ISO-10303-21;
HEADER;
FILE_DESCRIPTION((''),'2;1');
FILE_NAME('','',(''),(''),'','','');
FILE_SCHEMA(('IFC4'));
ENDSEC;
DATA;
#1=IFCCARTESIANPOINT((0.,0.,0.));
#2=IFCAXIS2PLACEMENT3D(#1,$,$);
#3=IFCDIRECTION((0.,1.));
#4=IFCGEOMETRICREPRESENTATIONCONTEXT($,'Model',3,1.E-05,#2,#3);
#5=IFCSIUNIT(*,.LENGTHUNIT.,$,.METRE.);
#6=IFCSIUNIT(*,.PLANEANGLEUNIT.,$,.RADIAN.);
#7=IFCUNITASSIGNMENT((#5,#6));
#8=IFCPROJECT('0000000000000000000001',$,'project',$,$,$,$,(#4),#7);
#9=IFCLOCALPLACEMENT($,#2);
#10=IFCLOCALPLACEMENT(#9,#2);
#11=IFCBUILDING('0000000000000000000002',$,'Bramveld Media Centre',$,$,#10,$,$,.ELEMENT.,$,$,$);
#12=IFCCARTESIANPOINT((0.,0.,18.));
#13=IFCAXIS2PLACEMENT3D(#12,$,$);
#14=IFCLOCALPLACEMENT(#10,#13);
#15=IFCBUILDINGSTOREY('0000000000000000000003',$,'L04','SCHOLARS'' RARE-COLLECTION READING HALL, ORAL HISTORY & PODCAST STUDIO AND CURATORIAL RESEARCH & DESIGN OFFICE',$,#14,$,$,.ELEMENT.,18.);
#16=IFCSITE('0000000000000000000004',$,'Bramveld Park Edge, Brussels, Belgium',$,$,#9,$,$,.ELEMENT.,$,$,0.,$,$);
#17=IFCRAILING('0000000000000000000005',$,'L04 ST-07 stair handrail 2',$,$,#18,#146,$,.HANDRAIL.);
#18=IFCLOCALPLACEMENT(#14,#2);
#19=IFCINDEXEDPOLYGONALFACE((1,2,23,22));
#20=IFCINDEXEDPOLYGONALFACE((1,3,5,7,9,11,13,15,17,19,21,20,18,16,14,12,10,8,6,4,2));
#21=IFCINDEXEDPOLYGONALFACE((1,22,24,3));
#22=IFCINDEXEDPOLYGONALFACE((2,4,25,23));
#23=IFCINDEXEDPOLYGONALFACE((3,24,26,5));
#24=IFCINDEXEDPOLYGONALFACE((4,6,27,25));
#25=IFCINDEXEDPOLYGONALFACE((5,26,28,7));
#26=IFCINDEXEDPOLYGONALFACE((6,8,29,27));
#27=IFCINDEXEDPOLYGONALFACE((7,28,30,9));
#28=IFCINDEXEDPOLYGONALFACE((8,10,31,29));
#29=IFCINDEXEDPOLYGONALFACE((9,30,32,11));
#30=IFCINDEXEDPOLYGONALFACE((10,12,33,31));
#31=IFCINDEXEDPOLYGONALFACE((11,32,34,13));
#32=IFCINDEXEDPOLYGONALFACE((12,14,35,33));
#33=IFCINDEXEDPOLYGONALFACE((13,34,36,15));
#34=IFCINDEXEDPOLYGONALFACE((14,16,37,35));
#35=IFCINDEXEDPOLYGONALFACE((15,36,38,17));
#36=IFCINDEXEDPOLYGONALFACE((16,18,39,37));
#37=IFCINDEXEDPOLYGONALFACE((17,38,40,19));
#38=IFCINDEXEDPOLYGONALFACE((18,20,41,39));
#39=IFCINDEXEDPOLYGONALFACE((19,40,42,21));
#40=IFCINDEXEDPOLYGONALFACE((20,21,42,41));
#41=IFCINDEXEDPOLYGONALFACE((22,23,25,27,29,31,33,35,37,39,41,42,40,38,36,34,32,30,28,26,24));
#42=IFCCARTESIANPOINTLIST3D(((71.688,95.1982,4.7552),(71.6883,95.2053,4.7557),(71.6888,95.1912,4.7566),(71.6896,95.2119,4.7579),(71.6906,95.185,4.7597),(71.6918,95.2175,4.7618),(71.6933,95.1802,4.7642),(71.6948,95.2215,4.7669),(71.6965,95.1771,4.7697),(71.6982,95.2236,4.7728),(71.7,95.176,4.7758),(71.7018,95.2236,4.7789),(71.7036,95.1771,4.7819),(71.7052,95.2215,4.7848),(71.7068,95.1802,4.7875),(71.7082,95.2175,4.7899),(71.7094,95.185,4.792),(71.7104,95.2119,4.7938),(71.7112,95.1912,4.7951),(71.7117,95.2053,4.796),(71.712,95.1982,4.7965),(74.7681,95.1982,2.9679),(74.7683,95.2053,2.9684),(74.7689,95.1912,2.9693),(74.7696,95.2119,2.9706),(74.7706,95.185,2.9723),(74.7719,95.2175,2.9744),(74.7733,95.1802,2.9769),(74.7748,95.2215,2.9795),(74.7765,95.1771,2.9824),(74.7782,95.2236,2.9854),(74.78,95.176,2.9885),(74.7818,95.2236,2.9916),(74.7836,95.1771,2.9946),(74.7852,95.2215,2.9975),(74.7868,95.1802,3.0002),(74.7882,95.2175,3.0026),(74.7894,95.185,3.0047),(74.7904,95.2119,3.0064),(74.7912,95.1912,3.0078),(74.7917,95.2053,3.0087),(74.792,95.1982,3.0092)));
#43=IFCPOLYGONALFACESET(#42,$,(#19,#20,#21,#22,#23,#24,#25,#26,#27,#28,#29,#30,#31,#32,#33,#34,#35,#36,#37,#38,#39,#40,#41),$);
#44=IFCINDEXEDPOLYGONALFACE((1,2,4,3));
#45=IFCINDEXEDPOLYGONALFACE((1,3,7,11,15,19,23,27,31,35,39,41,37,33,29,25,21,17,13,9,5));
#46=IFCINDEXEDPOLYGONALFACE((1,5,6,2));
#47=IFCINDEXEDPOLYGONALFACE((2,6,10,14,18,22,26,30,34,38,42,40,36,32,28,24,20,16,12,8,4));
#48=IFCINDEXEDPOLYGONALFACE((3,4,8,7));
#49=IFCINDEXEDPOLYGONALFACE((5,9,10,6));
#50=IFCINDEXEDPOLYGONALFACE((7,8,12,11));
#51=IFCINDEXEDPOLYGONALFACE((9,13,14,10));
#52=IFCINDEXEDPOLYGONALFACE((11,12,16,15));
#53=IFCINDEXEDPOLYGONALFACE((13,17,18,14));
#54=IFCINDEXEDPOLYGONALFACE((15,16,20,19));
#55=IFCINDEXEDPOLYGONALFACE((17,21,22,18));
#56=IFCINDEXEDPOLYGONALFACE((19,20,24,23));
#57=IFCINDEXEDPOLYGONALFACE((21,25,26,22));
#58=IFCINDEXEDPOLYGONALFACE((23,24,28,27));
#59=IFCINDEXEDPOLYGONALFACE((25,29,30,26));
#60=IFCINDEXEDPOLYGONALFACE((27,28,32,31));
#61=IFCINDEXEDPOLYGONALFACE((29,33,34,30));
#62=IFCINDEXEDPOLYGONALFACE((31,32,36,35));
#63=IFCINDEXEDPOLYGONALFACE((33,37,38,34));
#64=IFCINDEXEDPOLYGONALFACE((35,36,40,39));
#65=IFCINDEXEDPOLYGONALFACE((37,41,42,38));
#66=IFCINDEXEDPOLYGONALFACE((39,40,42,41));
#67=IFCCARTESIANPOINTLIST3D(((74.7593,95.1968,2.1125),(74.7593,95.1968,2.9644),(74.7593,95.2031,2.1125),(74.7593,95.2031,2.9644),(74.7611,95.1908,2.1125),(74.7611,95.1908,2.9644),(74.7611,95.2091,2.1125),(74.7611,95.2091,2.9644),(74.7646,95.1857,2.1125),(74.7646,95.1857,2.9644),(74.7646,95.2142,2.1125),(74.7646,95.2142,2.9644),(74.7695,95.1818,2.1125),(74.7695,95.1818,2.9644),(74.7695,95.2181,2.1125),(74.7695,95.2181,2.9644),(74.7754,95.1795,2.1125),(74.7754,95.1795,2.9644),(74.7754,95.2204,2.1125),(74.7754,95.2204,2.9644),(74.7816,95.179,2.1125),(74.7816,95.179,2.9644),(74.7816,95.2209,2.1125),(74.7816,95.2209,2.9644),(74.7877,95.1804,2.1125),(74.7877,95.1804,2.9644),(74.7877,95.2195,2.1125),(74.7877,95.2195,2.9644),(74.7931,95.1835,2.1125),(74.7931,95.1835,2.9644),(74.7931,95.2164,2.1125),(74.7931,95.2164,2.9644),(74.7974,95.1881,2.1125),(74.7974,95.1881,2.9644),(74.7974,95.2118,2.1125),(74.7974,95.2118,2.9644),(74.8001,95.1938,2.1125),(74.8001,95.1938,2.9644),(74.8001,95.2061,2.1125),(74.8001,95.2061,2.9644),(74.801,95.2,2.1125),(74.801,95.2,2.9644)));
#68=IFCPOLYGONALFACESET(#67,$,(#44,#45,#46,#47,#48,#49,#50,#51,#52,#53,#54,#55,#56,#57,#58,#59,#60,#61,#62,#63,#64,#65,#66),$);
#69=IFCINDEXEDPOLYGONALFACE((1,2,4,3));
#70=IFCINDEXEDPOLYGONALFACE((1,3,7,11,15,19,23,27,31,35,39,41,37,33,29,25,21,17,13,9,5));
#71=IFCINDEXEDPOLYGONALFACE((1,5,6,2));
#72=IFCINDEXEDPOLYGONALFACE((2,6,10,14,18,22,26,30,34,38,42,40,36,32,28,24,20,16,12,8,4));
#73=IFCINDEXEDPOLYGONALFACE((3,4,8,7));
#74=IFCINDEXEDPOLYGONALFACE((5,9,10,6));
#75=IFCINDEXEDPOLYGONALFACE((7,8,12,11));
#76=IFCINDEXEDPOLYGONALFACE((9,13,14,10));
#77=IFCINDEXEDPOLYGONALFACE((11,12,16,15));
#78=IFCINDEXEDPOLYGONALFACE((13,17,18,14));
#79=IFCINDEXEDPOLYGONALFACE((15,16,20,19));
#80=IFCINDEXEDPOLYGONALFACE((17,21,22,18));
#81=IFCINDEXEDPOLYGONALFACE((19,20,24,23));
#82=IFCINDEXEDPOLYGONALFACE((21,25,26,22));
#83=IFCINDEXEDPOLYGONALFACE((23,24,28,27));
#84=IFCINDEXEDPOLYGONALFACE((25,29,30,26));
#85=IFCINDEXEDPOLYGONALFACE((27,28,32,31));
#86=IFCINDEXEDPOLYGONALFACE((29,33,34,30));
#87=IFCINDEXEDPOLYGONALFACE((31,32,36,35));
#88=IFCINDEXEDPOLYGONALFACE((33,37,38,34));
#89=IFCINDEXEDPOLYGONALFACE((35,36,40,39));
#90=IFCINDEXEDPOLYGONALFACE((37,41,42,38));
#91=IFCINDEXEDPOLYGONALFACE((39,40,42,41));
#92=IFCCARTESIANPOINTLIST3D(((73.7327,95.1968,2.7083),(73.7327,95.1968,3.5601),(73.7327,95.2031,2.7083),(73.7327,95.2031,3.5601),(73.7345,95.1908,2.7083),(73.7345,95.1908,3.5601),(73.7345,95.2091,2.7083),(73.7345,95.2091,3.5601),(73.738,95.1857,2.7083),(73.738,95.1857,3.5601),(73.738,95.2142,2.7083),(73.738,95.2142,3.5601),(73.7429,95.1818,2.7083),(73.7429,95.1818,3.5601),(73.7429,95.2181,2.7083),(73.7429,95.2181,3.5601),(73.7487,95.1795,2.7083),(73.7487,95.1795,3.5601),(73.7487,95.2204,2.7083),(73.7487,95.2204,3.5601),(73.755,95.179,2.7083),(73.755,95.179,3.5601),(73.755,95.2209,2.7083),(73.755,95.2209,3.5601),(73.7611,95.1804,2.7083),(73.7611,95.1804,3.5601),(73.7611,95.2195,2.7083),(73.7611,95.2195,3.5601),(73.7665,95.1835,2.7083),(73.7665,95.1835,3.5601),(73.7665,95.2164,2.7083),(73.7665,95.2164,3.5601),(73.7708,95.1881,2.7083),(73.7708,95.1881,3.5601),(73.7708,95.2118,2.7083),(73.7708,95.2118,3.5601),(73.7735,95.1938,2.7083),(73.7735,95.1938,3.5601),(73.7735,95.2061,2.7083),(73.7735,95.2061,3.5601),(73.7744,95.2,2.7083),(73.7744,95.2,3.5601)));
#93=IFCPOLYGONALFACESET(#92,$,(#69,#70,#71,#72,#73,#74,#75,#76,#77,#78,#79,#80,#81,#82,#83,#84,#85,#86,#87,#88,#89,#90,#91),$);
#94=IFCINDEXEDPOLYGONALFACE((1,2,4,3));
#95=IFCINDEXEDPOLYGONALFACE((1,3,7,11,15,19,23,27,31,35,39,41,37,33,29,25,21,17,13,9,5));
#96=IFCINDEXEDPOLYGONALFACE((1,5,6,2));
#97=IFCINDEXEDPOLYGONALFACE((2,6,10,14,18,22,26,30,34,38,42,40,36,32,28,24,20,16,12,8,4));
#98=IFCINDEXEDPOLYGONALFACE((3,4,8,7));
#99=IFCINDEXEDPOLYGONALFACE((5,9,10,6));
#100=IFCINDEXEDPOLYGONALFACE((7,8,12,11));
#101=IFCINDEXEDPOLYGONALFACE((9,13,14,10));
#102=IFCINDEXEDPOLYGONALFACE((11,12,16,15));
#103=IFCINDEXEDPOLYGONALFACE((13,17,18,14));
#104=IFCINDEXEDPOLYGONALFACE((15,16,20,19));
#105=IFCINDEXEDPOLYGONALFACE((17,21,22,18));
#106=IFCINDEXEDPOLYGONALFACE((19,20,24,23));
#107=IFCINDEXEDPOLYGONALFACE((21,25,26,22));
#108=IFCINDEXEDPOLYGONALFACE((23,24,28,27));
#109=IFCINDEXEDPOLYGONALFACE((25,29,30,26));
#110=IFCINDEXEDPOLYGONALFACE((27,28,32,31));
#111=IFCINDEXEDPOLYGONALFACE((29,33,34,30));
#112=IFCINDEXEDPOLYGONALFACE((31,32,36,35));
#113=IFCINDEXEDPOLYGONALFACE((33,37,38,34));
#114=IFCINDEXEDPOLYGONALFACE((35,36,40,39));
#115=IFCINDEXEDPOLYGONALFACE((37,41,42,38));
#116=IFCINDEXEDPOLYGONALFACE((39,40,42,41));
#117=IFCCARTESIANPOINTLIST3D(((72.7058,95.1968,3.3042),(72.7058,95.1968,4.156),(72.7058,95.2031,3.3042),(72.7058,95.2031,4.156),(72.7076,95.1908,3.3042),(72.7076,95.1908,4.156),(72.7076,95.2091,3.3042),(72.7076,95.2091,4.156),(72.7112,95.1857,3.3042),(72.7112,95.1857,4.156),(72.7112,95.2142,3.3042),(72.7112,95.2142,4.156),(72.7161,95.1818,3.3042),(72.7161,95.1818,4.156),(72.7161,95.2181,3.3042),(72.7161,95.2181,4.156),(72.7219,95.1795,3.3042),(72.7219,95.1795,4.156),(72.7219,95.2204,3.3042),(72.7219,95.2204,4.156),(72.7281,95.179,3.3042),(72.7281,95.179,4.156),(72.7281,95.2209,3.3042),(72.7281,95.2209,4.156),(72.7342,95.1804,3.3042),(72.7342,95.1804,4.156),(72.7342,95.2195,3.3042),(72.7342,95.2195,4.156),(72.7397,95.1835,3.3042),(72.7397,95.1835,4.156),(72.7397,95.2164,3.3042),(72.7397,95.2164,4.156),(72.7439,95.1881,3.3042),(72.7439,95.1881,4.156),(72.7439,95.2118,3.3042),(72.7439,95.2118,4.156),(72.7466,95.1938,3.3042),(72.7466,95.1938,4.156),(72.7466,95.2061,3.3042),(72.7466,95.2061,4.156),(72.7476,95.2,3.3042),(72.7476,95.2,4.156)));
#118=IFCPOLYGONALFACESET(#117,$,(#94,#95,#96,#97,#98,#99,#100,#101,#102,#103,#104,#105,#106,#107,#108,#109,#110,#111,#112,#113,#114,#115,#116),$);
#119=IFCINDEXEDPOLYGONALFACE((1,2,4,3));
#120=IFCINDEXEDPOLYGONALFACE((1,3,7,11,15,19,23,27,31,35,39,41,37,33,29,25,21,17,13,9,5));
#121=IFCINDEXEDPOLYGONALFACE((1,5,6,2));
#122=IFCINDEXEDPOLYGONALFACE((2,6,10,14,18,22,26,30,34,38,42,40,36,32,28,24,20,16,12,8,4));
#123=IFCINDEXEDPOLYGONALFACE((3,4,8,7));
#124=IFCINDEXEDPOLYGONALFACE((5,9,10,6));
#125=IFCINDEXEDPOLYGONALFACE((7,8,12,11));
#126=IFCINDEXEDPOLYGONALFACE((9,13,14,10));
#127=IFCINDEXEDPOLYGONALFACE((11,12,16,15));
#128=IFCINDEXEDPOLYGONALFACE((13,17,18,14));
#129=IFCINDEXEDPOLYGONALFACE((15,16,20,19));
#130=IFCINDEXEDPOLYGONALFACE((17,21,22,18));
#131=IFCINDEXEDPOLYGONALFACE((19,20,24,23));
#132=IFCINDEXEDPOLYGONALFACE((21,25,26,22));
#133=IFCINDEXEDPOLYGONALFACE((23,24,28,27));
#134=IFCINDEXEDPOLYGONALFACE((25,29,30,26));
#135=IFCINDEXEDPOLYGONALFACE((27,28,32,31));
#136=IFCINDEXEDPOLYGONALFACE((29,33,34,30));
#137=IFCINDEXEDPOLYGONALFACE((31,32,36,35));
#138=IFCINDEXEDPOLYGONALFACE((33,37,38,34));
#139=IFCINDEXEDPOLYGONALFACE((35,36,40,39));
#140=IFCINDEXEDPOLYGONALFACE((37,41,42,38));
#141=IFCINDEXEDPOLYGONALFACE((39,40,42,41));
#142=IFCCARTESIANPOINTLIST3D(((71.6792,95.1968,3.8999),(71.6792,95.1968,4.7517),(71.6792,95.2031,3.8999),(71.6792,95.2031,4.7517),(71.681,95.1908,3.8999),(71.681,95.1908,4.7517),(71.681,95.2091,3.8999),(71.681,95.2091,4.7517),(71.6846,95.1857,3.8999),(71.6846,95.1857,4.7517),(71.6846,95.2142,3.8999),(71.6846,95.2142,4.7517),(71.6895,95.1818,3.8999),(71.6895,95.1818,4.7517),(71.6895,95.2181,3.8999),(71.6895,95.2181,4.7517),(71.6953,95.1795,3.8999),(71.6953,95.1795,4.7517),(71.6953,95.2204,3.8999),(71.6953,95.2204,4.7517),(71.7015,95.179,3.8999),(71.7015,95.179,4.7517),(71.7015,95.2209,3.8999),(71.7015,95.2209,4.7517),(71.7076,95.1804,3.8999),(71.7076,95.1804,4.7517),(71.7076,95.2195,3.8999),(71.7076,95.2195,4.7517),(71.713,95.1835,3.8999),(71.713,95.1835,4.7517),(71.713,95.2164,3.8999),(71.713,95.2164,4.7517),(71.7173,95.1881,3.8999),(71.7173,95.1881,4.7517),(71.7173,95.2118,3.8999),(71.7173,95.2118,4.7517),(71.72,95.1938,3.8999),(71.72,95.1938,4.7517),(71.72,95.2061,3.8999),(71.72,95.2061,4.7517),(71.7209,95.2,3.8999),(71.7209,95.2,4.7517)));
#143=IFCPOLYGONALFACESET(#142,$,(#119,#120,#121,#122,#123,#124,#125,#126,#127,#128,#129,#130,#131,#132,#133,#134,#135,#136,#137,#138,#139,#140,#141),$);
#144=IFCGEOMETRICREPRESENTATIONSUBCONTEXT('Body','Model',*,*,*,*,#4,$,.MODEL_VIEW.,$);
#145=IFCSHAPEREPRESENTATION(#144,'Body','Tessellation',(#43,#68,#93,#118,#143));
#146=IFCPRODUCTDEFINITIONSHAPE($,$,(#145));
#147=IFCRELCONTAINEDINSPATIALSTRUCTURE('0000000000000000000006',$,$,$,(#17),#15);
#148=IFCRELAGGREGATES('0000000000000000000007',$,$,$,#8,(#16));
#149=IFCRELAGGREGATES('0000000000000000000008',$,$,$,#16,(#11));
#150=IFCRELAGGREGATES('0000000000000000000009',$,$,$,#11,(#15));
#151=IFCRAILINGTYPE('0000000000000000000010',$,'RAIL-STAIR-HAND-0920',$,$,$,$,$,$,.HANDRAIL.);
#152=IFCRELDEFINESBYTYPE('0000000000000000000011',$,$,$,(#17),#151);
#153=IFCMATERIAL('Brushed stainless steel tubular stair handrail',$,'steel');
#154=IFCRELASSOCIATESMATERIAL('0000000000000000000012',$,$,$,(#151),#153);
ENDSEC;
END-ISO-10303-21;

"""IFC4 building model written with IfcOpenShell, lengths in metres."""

from ifc_helpers import new_model, si_unit, direction, frame, origin, origin_2d, place, context, subcontext, project, spatial, circle, extrude, material, type_object, element, save


model = new_model("IFC4")

# Units and contexts
model_context = context("Model", 3, precision=1e-05, world=origin(), true_north=direction((0.0, 1.0)))
body_context = subcontext(model_context, "Body", "Model", "MODEL_VIEW")
ifc_project = project(units=[si_unit("LENGTHUNIT", "METRE"), si_unit("PLANEANGLEUNIT", "RADIAN")], contexts=[model_context])

# Site, building, storey
site_placement = place(None, origin())
site = spatial("IfcSite", under=ifc_project, at=site_placement, Name="Bramveld Park Edge, Brussels, Belgium", CompositionType="ELEMENT", RefElevation=0.0)
building_placement = place(site_placement, origin())
building = spatial("IfcBuilding", under=site, at=building_placement, Name="Bramveld Media Centre", CompositionType="ELEMENT")
storey_placement = place(building_placement, frame((0.0, 0.0, 18.0)))
storey = spatial("IfcBuildingStorey", under=building, at=storey_placement, Name="L04", Description="SCHOLARS' RARE-COLLECTION READING HALL, ORAL HISTORY & PODCAST STUDIO AND CURATORIAL RESEARCH & DESIGN OFFICE", CompositionType="ELEMENT", Elevation=18.0)

# Railing
ifc_material_1 = material(Name="Brushed stainless steel tubular stair handrail", Category="steel")
railing_type_1 = type_object("IfcRailingType", Name="RAIL-STAIR-HAND-0920", PredefinedType="HANDRAIL", material=ifc_material_1)
railing_1_placement = place(storey_placement, frame((74.78, 95.2, 2.1125)))
element("IfcRailing", 1, at=railing_1_placement, inside=storey, type_object=railing_type_1, Name="L04 ST-07 stair handrail 2", PredefinedType="HANDRAIL", context=body_context, shape_type="SweptSolid", body=[
    extrude(circle(Radius=0.0239, at=origin_2d()), frame((0.0, 0.0, 0.876), z_axis=(-0.86492, 0.0, 0.501909), x_axis=(0.0, -1.0, 0.0)), (0.0, 0.0, 1.0), 3.561),
    extrude(circle(Radius=0.021, at=origin_2d()), origin(), (0.0, 0.0, 1.0), 0.8518),
    extrude(circle(Radius=0.021, at=origin_2d()), frame((-1.0266, 0.0, 0.5957)), (0.0, 0.0, 1.0), 0.8518),
    extrude(circle(Radius=0.021, at=origin_2d()), frame((-2.0535, 0.0, 1.1917)), (0.0, 0.0, 1.0), 0.8518),
    extrude(circle(Radius=0.021, at=origin_2d()), frame((-3.0801, 0.0, 1.7874)), (0.0, 0.0, 1.0), 0.8518),
])

save(model, "model.ifc")
